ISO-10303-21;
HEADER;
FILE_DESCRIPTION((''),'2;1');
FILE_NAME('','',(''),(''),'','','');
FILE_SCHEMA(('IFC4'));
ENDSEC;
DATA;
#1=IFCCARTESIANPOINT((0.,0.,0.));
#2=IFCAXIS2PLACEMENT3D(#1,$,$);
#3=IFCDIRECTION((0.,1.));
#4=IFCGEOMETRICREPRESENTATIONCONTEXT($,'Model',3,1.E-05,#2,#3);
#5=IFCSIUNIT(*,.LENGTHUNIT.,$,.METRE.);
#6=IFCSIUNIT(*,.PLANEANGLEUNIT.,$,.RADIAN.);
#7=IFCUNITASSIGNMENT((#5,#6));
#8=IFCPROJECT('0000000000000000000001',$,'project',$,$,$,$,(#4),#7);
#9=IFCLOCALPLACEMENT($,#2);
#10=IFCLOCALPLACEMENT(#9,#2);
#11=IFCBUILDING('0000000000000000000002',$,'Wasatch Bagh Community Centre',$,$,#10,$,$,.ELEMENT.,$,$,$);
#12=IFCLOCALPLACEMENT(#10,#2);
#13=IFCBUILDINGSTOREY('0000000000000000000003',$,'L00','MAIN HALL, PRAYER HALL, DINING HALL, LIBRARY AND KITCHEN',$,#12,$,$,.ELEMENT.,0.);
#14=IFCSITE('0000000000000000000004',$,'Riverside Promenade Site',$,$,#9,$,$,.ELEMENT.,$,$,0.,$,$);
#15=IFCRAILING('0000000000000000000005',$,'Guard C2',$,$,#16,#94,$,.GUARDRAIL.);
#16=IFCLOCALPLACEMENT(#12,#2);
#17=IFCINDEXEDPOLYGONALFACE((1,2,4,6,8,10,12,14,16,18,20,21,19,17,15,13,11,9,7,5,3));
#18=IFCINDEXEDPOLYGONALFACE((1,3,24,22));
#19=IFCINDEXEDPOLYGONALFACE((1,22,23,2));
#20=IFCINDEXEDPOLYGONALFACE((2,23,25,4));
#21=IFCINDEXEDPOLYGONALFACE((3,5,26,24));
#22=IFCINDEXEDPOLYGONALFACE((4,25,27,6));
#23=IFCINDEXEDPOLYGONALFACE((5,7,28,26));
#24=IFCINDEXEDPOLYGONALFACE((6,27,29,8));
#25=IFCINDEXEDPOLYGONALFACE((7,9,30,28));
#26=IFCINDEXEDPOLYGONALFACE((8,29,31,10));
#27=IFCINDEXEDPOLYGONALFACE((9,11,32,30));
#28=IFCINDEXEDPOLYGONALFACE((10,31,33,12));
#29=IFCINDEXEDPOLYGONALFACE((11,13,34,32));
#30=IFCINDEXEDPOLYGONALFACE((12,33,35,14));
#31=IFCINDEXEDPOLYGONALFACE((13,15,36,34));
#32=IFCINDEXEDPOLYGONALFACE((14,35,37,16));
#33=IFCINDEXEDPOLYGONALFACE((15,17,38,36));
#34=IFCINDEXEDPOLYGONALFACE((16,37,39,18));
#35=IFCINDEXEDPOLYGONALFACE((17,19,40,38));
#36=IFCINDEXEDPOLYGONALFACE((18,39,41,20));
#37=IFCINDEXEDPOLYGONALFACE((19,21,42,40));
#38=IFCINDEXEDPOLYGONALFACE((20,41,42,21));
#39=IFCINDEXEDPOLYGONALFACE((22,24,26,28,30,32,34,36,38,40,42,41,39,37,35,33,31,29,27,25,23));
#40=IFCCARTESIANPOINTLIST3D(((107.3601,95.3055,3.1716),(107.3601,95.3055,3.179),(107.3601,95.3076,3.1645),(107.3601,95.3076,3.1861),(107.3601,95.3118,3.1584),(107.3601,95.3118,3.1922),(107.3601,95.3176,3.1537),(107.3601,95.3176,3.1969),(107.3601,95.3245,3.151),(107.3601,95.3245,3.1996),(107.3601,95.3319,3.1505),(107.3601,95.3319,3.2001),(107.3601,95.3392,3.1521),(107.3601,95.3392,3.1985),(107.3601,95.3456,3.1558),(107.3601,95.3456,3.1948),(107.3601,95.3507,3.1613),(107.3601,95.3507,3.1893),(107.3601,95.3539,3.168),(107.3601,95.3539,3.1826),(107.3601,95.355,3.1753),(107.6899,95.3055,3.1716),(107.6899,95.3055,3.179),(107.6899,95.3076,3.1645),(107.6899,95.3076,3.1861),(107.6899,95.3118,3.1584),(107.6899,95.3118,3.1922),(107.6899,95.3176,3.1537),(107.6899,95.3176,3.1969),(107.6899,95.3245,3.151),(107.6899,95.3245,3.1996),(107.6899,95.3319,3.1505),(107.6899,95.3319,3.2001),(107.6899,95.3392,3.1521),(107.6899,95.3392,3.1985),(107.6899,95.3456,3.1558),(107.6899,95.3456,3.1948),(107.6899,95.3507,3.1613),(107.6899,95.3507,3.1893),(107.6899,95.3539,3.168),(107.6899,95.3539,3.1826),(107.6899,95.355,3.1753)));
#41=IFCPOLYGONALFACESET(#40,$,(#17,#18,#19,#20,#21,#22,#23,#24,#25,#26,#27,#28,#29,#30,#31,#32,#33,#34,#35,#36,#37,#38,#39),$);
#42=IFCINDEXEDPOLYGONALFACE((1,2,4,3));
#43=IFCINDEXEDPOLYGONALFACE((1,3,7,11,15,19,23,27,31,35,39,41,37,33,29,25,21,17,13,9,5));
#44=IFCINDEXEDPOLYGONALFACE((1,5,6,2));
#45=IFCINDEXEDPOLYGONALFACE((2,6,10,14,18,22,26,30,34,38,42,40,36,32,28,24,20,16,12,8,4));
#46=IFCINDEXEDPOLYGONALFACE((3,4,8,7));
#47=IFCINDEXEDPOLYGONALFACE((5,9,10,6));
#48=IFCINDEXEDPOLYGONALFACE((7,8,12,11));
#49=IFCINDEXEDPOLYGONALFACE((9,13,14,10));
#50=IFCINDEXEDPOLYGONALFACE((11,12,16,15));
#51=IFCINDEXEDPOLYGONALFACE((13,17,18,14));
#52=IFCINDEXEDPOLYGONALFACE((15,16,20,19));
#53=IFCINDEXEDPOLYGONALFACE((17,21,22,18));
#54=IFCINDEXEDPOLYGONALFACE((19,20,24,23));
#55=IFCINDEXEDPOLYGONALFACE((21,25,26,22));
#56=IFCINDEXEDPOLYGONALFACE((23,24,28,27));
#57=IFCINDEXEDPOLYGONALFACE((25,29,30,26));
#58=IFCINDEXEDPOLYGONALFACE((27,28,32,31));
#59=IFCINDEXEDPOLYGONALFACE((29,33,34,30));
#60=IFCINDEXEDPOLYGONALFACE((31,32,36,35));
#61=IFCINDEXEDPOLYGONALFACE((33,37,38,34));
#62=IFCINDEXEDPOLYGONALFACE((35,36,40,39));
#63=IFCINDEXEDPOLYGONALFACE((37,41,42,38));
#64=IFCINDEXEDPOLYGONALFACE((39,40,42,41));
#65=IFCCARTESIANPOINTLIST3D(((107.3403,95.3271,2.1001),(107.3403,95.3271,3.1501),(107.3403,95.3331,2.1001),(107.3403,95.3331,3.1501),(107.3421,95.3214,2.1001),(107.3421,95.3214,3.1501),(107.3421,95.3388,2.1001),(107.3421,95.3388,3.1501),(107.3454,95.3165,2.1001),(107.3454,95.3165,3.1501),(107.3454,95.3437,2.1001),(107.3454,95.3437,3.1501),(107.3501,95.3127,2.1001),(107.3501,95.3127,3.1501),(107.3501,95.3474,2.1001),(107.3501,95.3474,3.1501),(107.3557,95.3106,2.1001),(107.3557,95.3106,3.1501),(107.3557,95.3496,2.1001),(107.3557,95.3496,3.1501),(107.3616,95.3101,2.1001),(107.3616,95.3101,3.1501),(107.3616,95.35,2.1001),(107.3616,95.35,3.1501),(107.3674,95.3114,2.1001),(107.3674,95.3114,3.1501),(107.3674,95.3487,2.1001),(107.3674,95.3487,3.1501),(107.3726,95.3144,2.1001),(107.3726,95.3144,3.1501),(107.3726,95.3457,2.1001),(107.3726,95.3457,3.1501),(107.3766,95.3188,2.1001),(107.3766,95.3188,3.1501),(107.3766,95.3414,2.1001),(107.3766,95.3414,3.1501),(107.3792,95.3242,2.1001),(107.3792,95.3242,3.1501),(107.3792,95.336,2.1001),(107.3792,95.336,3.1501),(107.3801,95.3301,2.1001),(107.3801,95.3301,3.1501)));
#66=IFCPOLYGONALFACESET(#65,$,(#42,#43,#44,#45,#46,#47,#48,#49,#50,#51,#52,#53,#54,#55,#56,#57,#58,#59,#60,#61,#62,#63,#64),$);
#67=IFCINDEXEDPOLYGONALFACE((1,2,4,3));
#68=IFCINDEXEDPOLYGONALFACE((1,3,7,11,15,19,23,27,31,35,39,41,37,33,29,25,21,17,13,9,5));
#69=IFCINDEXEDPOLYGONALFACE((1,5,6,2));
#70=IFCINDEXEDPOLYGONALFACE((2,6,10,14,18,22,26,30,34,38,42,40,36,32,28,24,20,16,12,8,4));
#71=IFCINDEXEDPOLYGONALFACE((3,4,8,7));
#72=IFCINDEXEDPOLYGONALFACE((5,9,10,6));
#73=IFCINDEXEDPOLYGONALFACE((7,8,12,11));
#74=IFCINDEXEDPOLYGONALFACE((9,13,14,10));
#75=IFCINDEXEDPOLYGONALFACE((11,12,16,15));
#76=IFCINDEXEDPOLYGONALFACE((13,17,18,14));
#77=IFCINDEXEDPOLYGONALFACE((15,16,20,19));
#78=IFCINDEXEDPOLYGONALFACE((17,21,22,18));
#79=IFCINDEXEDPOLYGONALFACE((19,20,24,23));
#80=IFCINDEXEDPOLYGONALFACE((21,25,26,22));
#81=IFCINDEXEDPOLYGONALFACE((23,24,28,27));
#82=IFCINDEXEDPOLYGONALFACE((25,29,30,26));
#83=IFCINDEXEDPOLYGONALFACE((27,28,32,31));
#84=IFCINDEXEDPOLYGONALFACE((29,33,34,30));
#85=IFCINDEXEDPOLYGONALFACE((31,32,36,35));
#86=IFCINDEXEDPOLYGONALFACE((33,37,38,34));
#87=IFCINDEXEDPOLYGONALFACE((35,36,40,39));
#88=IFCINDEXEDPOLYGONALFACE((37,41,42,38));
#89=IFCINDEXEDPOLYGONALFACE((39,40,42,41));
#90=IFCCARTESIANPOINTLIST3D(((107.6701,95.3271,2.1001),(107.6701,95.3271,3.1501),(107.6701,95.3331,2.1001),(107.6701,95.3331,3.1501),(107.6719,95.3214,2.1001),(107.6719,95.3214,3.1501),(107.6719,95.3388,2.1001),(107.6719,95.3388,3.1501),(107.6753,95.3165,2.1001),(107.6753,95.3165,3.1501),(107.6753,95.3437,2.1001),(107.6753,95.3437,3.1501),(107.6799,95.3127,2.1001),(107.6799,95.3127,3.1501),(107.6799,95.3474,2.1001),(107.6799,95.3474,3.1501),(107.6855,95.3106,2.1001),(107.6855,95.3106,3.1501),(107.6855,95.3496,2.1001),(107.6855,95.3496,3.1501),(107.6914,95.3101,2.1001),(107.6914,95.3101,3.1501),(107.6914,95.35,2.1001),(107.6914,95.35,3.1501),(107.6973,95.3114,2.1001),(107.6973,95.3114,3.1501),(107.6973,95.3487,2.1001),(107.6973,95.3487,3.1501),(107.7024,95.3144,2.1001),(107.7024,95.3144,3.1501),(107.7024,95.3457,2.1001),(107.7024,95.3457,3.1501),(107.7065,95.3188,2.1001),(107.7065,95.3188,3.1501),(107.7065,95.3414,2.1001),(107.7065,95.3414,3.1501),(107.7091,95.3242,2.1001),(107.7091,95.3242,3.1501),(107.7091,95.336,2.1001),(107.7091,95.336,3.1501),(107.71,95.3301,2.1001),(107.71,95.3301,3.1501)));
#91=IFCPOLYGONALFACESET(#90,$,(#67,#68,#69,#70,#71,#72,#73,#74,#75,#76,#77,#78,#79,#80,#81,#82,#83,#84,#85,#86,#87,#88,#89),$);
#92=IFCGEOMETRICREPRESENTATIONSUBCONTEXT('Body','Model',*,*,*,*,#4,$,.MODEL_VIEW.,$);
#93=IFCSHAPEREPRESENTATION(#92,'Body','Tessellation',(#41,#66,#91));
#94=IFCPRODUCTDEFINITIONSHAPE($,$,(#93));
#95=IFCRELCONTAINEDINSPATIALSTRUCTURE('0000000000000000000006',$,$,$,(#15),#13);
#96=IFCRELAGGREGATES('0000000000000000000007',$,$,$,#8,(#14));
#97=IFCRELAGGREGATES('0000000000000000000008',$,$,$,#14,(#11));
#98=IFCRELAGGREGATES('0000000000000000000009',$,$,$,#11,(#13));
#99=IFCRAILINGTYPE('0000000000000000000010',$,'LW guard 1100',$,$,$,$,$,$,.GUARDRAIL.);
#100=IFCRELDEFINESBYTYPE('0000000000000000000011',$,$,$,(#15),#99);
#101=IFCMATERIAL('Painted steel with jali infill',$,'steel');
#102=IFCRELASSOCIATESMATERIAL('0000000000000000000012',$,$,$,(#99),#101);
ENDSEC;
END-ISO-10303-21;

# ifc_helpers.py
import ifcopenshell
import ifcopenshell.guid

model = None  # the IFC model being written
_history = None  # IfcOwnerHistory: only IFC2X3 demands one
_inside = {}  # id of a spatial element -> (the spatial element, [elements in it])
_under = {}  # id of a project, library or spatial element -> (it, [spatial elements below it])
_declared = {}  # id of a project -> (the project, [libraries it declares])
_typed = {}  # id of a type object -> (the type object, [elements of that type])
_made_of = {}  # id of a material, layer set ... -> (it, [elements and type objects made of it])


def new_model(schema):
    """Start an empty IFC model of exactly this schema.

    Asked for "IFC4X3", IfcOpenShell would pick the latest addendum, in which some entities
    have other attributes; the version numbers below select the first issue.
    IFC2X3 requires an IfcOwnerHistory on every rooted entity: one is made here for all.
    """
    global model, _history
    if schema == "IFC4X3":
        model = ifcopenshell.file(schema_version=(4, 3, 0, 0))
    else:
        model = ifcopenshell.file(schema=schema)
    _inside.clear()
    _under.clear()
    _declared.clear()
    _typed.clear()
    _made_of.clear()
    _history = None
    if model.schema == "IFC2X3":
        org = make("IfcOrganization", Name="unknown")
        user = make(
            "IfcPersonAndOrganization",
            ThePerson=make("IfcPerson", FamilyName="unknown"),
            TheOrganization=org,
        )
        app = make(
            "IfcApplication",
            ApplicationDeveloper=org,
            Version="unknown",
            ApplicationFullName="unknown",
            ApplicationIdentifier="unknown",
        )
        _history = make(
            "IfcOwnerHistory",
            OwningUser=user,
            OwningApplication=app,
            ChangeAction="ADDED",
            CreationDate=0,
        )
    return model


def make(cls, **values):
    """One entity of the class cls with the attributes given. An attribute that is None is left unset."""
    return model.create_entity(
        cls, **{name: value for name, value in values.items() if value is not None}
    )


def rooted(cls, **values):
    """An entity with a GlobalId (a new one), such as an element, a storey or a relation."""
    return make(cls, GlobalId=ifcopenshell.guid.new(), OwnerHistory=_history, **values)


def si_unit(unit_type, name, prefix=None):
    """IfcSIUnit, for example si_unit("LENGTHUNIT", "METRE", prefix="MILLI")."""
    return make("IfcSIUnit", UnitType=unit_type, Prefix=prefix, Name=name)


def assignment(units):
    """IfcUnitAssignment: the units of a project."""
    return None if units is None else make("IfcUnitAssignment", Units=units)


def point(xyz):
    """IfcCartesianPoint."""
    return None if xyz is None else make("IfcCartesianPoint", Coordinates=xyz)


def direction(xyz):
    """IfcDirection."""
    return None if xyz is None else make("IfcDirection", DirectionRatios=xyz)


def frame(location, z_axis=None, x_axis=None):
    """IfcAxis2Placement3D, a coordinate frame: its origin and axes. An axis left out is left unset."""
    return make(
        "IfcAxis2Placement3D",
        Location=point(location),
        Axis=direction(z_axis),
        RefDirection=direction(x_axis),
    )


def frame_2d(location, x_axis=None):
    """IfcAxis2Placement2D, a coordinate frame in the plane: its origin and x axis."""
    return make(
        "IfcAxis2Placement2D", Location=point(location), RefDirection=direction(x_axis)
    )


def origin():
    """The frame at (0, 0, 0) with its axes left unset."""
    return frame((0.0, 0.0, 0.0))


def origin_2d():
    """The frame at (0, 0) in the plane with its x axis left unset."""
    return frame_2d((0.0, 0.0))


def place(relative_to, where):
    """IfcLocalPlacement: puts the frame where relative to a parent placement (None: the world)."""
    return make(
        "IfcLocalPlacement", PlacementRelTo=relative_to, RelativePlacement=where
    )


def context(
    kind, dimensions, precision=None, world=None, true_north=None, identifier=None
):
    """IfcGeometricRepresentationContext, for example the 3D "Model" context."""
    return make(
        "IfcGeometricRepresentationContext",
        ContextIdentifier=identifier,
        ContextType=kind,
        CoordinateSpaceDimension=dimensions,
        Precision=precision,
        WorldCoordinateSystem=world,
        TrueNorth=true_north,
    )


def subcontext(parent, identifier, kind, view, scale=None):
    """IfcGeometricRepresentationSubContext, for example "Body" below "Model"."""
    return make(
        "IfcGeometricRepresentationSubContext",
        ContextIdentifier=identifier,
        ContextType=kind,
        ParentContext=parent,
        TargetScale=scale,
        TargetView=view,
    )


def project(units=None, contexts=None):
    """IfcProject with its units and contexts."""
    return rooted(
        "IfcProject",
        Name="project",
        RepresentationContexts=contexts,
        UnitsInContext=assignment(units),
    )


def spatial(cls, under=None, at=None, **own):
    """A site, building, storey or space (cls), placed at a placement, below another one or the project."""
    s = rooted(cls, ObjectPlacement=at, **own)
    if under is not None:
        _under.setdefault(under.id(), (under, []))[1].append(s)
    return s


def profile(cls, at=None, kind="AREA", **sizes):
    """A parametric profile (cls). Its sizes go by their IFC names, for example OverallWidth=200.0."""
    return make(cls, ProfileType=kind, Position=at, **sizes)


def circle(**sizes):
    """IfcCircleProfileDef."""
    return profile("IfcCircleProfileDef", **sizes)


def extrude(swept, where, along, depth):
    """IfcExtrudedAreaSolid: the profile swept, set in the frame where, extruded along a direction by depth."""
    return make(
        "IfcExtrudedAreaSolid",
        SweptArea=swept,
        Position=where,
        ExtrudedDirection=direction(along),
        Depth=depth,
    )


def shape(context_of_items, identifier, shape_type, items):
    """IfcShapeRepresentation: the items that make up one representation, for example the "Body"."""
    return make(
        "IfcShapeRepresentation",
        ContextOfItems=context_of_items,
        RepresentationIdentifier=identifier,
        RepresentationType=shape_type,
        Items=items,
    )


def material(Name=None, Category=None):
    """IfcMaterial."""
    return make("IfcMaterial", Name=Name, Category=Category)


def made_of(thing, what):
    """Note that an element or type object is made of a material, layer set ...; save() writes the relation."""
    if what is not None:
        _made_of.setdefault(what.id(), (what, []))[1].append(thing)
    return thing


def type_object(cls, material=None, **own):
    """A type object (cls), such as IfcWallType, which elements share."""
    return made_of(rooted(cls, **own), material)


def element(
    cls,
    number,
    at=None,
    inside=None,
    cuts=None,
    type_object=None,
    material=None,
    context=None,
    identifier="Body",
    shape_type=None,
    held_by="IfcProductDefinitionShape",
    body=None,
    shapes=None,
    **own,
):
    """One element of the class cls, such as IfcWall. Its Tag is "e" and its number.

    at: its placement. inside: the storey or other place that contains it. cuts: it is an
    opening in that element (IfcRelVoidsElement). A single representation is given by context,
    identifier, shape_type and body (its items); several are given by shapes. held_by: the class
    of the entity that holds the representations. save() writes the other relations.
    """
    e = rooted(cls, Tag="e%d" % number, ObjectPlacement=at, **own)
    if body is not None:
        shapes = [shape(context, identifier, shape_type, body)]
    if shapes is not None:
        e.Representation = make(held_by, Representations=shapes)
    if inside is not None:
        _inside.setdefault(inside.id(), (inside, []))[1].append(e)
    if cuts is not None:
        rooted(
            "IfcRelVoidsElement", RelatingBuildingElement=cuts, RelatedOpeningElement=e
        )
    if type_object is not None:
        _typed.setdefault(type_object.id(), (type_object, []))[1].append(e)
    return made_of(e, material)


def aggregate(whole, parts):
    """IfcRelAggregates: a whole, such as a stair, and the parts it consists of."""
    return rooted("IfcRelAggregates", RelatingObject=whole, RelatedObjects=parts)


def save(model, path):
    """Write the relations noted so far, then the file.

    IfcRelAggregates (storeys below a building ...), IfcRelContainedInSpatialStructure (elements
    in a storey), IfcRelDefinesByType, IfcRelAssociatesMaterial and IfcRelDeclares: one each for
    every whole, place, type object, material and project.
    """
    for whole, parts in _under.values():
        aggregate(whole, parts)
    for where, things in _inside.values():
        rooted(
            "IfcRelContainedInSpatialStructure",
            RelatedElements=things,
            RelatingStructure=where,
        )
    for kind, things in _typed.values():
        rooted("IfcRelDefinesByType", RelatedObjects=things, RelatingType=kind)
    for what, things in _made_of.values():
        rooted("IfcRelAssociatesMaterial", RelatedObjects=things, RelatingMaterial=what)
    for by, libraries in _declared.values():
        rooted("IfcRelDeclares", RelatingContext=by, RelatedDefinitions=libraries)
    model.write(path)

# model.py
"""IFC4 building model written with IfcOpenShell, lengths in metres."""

from ifc_helpers import new_model, si_unit, direction, frame, origin, origin_2d, place, context, subcontext, project, spatial, circle, extrude, material, type_object, element, save


model = new_model("IFC4")

# Units and contexts
model_context = context("Model", 3, precision=1e-05, world=origin(), true_north=direction((0.0, 1.0)))
body_context = subcontext(model_context, "Body", "Model", "MODEL_VIEW")
ifc_project = project(units=[si_unit("LENGTHUNIT", "METRE"), si_unit("PLANEANGLEUNIT", "RADIAN")], contexts=[model_context])

# Site, building, storey
site_placement = place(None, origin())
site = spatial("IfcSite", under=ifc_project, at=site_placement, Name="Riverside Promenade Site", CompositionType="ELEMENT", RefElevation=0.0)
building_placement = place(site_placement, origin())
building = spatial("IfcBuilding", under=site, at=building_placement, Name="Wasatch Bagh Community Centre", CompositionType="ELEMENT")
storey_placement = place(building_placement, origin())
storey = spatial("IfcBuildingStorey", under=building, at=storey_placement, Name="L00", Description="MAIN HALL, PRAYER HALL, DINING HALL, LIBRARY AND KITCHEN", CompositionType="ELEMENT", Elevation=0.0)

# Railing
ifc_material_1 = material(Name="Painted steel with jali infill", Category="steel")
railing_type_1 = type_object("IfcRailingType", Name="LW guard 1100", PredefinedType="GUARDRAIL", material=ifc_material_1)
railing_placement = place(storey_placement, frame((107.3601, 95.3301, 2.1001)))
element("IfcRailing", 1, at=railing_placement, inside=storey, type_object=railing_type_1, Name="Guard C2", PredefinedType="GUARDRAIL", context=body_context, shape_type="SweptSolid", body=[
    extrude(circle(Radius=0.0249, at=origin_2d()), frame((0.0, 0.0, 1.0752), z_axis=(1.0, 0.0, 0.0), x_axis=(0.0, 1.0, 0.0)), (0.0, 0.0, 1.0), 0.3298),
    extrude(circle(Radius=0.02, at=origin_2d()), origin(), (0.0, 0.0, 1.0), 1.05),
    extrude(circle(Radius=0.02, at=origin_2d()), frame((0.3298, 0.0, 0.0)), (0.0, 0.0, 1.0), 1.05),
])

save(model, "model.ifc")
